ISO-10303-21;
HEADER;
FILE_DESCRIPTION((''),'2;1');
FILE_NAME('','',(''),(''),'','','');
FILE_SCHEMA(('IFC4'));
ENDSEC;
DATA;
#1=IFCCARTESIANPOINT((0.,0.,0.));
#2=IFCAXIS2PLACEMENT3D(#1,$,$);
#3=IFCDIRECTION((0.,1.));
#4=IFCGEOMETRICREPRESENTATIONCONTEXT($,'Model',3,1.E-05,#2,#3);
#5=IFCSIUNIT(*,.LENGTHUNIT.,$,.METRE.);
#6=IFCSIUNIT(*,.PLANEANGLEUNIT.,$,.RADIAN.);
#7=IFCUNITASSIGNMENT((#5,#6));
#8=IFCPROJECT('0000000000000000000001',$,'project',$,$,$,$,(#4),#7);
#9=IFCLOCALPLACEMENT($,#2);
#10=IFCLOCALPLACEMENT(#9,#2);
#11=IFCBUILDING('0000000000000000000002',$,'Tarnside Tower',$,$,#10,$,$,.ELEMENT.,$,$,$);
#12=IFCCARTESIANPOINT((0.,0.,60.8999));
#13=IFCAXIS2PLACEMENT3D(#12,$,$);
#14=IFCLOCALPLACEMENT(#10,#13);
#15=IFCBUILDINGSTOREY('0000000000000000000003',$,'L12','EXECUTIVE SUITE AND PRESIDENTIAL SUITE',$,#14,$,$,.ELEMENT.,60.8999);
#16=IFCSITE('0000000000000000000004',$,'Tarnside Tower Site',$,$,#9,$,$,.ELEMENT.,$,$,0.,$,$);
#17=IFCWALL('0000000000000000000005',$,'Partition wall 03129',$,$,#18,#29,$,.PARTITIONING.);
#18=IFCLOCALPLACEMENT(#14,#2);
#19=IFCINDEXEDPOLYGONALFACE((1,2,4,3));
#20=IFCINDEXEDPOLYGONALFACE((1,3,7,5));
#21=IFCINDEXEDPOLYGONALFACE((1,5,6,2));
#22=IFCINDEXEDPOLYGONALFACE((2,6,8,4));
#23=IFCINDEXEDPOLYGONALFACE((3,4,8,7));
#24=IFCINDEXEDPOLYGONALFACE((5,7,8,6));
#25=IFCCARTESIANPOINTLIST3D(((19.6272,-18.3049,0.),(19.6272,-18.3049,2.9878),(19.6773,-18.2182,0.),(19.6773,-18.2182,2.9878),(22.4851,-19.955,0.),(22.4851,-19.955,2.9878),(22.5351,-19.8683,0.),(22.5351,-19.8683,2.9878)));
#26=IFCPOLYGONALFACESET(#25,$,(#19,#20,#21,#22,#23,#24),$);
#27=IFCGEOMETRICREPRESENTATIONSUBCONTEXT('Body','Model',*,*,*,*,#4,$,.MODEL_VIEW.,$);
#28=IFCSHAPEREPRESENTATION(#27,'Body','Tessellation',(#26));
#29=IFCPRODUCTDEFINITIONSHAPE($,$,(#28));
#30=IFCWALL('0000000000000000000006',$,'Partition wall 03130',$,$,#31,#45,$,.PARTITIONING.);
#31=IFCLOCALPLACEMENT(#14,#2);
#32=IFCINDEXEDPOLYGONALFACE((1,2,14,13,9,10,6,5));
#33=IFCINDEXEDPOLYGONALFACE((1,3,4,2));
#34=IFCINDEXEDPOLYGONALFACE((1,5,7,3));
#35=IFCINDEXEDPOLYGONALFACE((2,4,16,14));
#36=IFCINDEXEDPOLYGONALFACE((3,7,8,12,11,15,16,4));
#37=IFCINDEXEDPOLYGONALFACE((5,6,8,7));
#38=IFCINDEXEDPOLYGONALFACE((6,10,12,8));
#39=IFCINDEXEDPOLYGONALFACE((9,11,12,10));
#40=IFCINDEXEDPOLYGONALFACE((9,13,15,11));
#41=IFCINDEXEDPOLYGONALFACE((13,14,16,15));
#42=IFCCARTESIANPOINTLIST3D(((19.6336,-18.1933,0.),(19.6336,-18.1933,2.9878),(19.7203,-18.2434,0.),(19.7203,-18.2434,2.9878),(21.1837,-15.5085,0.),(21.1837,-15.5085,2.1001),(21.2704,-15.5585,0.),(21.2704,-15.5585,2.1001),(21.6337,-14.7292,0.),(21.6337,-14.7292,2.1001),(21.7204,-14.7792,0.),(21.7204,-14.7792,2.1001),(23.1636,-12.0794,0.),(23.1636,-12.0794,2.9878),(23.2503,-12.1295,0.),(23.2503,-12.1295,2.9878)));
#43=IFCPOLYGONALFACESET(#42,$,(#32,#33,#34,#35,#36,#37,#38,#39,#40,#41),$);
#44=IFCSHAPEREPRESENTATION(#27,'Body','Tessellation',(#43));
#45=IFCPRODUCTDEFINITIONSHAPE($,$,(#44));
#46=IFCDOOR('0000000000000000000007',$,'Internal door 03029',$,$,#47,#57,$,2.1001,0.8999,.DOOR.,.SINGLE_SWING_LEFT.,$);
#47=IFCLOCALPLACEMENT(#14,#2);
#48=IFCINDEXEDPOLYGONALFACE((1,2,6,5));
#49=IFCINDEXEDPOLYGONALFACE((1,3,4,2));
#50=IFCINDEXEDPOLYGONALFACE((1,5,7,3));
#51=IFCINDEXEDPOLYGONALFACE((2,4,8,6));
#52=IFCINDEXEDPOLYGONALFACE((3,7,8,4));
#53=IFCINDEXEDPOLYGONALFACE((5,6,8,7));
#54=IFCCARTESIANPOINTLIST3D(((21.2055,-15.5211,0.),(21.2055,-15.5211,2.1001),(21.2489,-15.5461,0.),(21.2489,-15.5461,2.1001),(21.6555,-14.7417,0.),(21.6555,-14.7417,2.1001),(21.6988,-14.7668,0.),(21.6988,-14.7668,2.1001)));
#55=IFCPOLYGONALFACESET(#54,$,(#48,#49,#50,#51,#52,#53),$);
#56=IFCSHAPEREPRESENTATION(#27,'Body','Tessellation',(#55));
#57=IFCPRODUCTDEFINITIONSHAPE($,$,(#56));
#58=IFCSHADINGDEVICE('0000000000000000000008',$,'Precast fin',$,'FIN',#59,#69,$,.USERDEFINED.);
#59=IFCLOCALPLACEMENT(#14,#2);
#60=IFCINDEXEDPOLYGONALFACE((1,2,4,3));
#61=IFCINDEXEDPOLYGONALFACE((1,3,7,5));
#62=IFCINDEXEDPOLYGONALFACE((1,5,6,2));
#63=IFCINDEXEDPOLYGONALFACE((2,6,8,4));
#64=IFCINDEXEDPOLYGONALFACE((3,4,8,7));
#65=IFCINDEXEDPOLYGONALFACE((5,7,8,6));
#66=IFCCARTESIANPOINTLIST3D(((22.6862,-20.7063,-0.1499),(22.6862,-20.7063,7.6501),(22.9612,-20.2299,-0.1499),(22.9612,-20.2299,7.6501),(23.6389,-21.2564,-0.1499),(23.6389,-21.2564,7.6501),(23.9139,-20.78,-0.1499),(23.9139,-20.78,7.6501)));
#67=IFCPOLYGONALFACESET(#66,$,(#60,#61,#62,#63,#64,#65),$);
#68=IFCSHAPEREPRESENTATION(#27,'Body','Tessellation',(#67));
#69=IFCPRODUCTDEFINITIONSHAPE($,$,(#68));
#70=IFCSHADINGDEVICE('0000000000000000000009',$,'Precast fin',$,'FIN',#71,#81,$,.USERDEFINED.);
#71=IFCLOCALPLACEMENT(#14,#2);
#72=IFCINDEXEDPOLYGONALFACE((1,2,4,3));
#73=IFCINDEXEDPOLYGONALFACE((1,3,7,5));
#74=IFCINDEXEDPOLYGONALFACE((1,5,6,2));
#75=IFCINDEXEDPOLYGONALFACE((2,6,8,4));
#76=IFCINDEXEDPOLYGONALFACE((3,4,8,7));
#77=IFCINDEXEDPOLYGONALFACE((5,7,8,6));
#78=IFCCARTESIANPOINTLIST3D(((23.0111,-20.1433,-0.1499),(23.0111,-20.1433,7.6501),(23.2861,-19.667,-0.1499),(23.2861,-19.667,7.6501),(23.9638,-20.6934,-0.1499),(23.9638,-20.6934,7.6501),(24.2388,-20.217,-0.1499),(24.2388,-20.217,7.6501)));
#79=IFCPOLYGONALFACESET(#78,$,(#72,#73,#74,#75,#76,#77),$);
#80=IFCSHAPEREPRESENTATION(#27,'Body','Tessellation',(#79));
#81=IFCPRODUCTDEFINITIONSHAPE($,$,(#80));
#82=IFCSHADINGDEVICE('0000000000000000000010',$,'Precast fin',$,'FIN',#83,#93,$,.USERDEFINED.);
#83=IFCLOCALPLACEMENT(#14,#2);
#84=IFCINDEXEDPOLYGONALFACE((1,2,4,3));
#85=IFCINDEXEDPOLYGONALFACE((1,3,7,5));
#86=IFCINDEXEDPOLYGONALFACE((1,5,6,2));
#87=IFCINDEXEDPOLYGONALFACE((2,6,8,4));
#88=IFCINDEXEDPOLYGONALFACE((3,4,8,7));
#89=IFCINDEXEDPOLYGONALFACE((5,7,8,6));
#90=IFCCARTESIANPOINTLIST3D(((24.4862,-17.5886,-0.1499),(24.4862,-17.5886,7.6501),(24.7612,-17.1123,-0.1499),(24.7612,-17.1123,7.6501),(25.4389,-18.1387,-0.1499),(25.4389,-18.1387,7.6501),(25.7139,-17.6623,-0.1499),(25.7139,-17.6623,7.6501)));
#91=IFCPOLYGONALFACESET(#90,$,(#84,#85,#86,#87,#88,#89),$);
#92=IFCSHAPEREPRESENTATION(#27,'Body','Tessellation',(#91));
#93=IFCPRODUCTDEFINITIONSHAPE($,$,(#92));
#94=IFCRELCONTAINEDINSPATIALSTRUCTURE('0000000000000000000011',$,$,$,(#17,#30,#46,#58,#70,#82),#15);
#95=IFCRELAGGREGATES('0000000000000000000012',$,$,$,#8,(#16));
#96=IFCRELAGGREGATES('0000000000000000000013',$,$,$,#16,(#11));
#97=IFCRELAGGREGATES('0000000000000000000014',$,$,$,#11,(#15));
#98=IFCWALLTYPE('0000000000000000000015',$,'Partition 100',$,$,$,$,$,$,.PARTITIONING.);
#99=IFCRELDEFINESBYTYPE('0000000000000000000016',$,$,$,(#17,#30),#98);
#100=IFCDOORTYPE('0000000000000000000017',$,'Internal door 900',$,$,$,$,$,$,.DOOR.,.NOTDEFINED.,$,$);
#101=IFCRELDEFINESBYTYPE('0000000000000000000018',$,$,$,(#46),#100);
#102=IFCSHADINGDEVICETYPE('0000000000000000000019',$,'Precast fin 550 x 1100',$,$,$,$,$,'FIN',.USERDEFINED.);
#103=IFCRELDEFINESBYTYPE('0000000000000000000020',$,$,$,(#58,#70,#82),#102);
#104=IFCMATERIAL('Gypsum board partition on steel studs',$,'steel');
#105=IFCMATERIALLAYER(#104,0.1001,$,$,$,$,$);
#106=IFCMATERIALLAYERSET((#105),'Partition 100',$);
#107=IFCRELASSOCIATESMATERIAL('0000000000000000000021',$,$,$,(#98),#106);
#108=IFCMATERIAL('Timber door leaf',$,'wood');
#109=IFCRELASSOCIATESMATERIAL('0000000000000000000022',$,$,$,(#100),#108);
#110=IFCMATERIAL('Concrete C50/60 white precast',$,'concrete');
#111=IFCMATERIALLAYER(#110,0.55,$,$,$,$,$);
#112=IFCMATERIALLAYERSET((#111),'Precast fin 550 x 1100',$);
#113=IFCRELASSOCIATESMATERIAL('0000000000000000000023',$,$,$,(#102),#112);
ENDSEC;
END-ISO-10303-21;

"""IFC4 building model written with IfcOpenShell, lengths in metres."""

from ifc_helpers import new_model, si_unit, direction, frame, frame_2d, origin, place, context, subcontext, project, spatial, polyline, rectangle, outline, extrude, material, layer, layer_set, type_object, element, fill, save


model = new_model("IFC4")

# Units and contexts
model_context = context("Model", 3, precision=1e-05, world=origin(), true_north=direction((0.0, 1.0)))
body_context = subcontext(model_context, "Body", "Model", "MODEL_VIEW")
ifc_project = project(units=[si_unit("LENGTHUNIT", "METRE"), si_unit("PLANEANGLEUNIT", "RADIAN")], contexts=[model_context])

# Site, building, storey
site_placement = place(None, origin())
site = spatial("IfcSite", under=ifc_project, at=site_placement, Name="Tarnside Tower Site", CompositionType="ELEMENT", RefElevation=0.0)
building_placement = place(site_placement, origin())
building = spatial("IfcBuilding", under=site, at=building_placement, Name="Tarnside Tower", CompositionType="ELEMENT")
storey_placement = place(building_placement, frame((0.0, 0.0, 60.8999)))
storey = spatial("IfcBuildingStorey", under=building, at=storey_placement, Name="L12", Description="EXECUTIVE SUITE AND PRESIDENTIAL SUITE", CompositionType="ELEMENT", Elevation=60.8999)

# Shared definitions
ifc_material_1 = material(Name="Gypsum board partition on steel studs", Category="steel")

# Shared definitions
ifc_layer_1 = layer(ifc_material_1, 0.1001)
ifc_layer_set_1 = layer_set([ifc_layer_1], Name="Partition 100")
wall_type_1 = type_object("IfcWallType", Name="Partition 100", PredefinedType="PARTITIONING", material=ifc_layer_set_1)
ifc_material_2 = material(Name="Timber door leaf", Category="wood")
door_type = type_object("IfcDoorType", Name="Internal door 900", OperationType="NOTDEFINED", PredefinedType="DOOR", material=ifc_material_2)

# Wall
wall_1_placement = place(storey_placement, frame((22.51, -19.9116, 0.0), z_axis=(0.0, 0.0, 1.0), x_axis=(-0.866008, 0.50003, 0.0)))
element("IfcWall", 1, at=wall_1_placement, inside=storey, type_object=wall_type_1, Name="Partition wall 03129", PredefinedType="PARTITIONING", context=body_context, shape_type="SweptSolid", body=[
    extrude(rectangle(XDim=3.3, YDim=0.1001, at=frame_2d((1.6499, 0.0))), origin(), (0.0, 0.0, 1.0), 2.9878),
])

# Wall, opening, door
wall_2_placement = place(storey_placement, frame((19.677, -18.2183, 0.0), z_axis=(0.0, 0.0, 1.0), x_axis=(0.500011, 0.866019, 0.0)))
wall_2 = element("IfcWall", 2, at=wall_2_placement, inside=storey, type_object=wall_type_1, Name="Partition wall 03130", PredefinedType="PARTITIONING", context=body_context, shape_type="SweptSolid", body=[
    extrude(rectangle(XDim=7.0598, YDim=0.1001, at=frame_2d((3.5298, 0.0))), origin(), (0.0, 0.0, 1.0), 2.9878),
])
opening_1_placement = place(wall_2_placement, frame((3.1001, 0.0, 0.0)))
opening_1 = element("IfcOpeningElement", 3, at=opening_1_placement, cuts=wall_2, PredefinedType="OPENING", context=body_context, shape_type="SweptSolid", body=[
    extrude(rectangle(XDim=0.8999, YDim=2.1001, at=frame_2d((0.45, 1.05))), frame((0.0, 0.0601, 0.0), z_axis=(0.0, -1.0, 0.0), x_axis=(1.0, 0.0, 0.0)), (0.0, 0.0, 1.0), 0.1201),
])
door_1_placement = place(opening_1_placement, origin())
door_1 = element("IfcDoor", 4, at=door_1_placement, inside=storey, type_object=door_type, Name="Internal door 03029", OperationType="SINGLE_SWING_LEFT", OverallHeight=2.1001, OverallWidth=0.8999, PredefinedType="DOOR", context=body_context, shape_type="SweptSolid", body=[
    extrude(rectangle(XDim=0.8999, YDim=2.1001, at=frame_2d((0.45, 1.05))), frame((0.0, 0.0249, 0.0), z_axis=(0.0, -1.0, 0.0), x_axis=(1.0, 0.0, 0.0)), (0.0, 0.0, 1.0), 0.05),
])
fill(opening_1, door_1)

# Shading devices
ifc_material_3 = material(Name="Concrete C50/60 white precast", Category="concrete")
ifc_layer_2 = layer(ifc_material_3, 0.55)
ifc_layer_set_2 = layer_set([ifc_layer_2], Name="Precast fin 550 x 1100")
shading_device_type = type_object("IfcShadingDeviceType", Name="Precast fin 550 x 1100", ElementType="FIN", PredefinedType="USERDEFINED", material=ifc_layer_set_2)
for number, where, z_axis, x_axis, name in (
    (5, (22.8237, -20.468, -0.1499), (-0.5, -0.866025, 0.0), (0.866025, -0.5, 0.0), "Precast fin"),
    (6, (23.1487, -19.905, -0.1499), (-0.5, -0.866025, 0.0), (0.866025, -0.5, 0.0), "Precast fin"),
    (7, (24.6238, -17.3503, -0.1499), (-0.5, -0.866025, 0.0), (0.866025, -0.5, 0.0), "Precast fin"),
):
    element("IfcShadingDevice", number, at=place(storey_placement, frame(where, z_axis=z_axis, x_axis=x_axis)), inside=storey, type_object=shading_device_type, Name=name, ObjectType="FIN", PredefinedType="USERDEFINED", context=body_context, shape_type="SweptSolid", body=[
        extrude(outline(polyline([(0.0, 0.0), (1.1001, 0.0), (1.1001, 7.8), (0.0, 7.8), (0.0, 0.0)])), frame((0.0, 0.0, -0.2749)), (0.0, 0.0, 1.0), 0.55),
    ])

save(model, "model.ifc")
